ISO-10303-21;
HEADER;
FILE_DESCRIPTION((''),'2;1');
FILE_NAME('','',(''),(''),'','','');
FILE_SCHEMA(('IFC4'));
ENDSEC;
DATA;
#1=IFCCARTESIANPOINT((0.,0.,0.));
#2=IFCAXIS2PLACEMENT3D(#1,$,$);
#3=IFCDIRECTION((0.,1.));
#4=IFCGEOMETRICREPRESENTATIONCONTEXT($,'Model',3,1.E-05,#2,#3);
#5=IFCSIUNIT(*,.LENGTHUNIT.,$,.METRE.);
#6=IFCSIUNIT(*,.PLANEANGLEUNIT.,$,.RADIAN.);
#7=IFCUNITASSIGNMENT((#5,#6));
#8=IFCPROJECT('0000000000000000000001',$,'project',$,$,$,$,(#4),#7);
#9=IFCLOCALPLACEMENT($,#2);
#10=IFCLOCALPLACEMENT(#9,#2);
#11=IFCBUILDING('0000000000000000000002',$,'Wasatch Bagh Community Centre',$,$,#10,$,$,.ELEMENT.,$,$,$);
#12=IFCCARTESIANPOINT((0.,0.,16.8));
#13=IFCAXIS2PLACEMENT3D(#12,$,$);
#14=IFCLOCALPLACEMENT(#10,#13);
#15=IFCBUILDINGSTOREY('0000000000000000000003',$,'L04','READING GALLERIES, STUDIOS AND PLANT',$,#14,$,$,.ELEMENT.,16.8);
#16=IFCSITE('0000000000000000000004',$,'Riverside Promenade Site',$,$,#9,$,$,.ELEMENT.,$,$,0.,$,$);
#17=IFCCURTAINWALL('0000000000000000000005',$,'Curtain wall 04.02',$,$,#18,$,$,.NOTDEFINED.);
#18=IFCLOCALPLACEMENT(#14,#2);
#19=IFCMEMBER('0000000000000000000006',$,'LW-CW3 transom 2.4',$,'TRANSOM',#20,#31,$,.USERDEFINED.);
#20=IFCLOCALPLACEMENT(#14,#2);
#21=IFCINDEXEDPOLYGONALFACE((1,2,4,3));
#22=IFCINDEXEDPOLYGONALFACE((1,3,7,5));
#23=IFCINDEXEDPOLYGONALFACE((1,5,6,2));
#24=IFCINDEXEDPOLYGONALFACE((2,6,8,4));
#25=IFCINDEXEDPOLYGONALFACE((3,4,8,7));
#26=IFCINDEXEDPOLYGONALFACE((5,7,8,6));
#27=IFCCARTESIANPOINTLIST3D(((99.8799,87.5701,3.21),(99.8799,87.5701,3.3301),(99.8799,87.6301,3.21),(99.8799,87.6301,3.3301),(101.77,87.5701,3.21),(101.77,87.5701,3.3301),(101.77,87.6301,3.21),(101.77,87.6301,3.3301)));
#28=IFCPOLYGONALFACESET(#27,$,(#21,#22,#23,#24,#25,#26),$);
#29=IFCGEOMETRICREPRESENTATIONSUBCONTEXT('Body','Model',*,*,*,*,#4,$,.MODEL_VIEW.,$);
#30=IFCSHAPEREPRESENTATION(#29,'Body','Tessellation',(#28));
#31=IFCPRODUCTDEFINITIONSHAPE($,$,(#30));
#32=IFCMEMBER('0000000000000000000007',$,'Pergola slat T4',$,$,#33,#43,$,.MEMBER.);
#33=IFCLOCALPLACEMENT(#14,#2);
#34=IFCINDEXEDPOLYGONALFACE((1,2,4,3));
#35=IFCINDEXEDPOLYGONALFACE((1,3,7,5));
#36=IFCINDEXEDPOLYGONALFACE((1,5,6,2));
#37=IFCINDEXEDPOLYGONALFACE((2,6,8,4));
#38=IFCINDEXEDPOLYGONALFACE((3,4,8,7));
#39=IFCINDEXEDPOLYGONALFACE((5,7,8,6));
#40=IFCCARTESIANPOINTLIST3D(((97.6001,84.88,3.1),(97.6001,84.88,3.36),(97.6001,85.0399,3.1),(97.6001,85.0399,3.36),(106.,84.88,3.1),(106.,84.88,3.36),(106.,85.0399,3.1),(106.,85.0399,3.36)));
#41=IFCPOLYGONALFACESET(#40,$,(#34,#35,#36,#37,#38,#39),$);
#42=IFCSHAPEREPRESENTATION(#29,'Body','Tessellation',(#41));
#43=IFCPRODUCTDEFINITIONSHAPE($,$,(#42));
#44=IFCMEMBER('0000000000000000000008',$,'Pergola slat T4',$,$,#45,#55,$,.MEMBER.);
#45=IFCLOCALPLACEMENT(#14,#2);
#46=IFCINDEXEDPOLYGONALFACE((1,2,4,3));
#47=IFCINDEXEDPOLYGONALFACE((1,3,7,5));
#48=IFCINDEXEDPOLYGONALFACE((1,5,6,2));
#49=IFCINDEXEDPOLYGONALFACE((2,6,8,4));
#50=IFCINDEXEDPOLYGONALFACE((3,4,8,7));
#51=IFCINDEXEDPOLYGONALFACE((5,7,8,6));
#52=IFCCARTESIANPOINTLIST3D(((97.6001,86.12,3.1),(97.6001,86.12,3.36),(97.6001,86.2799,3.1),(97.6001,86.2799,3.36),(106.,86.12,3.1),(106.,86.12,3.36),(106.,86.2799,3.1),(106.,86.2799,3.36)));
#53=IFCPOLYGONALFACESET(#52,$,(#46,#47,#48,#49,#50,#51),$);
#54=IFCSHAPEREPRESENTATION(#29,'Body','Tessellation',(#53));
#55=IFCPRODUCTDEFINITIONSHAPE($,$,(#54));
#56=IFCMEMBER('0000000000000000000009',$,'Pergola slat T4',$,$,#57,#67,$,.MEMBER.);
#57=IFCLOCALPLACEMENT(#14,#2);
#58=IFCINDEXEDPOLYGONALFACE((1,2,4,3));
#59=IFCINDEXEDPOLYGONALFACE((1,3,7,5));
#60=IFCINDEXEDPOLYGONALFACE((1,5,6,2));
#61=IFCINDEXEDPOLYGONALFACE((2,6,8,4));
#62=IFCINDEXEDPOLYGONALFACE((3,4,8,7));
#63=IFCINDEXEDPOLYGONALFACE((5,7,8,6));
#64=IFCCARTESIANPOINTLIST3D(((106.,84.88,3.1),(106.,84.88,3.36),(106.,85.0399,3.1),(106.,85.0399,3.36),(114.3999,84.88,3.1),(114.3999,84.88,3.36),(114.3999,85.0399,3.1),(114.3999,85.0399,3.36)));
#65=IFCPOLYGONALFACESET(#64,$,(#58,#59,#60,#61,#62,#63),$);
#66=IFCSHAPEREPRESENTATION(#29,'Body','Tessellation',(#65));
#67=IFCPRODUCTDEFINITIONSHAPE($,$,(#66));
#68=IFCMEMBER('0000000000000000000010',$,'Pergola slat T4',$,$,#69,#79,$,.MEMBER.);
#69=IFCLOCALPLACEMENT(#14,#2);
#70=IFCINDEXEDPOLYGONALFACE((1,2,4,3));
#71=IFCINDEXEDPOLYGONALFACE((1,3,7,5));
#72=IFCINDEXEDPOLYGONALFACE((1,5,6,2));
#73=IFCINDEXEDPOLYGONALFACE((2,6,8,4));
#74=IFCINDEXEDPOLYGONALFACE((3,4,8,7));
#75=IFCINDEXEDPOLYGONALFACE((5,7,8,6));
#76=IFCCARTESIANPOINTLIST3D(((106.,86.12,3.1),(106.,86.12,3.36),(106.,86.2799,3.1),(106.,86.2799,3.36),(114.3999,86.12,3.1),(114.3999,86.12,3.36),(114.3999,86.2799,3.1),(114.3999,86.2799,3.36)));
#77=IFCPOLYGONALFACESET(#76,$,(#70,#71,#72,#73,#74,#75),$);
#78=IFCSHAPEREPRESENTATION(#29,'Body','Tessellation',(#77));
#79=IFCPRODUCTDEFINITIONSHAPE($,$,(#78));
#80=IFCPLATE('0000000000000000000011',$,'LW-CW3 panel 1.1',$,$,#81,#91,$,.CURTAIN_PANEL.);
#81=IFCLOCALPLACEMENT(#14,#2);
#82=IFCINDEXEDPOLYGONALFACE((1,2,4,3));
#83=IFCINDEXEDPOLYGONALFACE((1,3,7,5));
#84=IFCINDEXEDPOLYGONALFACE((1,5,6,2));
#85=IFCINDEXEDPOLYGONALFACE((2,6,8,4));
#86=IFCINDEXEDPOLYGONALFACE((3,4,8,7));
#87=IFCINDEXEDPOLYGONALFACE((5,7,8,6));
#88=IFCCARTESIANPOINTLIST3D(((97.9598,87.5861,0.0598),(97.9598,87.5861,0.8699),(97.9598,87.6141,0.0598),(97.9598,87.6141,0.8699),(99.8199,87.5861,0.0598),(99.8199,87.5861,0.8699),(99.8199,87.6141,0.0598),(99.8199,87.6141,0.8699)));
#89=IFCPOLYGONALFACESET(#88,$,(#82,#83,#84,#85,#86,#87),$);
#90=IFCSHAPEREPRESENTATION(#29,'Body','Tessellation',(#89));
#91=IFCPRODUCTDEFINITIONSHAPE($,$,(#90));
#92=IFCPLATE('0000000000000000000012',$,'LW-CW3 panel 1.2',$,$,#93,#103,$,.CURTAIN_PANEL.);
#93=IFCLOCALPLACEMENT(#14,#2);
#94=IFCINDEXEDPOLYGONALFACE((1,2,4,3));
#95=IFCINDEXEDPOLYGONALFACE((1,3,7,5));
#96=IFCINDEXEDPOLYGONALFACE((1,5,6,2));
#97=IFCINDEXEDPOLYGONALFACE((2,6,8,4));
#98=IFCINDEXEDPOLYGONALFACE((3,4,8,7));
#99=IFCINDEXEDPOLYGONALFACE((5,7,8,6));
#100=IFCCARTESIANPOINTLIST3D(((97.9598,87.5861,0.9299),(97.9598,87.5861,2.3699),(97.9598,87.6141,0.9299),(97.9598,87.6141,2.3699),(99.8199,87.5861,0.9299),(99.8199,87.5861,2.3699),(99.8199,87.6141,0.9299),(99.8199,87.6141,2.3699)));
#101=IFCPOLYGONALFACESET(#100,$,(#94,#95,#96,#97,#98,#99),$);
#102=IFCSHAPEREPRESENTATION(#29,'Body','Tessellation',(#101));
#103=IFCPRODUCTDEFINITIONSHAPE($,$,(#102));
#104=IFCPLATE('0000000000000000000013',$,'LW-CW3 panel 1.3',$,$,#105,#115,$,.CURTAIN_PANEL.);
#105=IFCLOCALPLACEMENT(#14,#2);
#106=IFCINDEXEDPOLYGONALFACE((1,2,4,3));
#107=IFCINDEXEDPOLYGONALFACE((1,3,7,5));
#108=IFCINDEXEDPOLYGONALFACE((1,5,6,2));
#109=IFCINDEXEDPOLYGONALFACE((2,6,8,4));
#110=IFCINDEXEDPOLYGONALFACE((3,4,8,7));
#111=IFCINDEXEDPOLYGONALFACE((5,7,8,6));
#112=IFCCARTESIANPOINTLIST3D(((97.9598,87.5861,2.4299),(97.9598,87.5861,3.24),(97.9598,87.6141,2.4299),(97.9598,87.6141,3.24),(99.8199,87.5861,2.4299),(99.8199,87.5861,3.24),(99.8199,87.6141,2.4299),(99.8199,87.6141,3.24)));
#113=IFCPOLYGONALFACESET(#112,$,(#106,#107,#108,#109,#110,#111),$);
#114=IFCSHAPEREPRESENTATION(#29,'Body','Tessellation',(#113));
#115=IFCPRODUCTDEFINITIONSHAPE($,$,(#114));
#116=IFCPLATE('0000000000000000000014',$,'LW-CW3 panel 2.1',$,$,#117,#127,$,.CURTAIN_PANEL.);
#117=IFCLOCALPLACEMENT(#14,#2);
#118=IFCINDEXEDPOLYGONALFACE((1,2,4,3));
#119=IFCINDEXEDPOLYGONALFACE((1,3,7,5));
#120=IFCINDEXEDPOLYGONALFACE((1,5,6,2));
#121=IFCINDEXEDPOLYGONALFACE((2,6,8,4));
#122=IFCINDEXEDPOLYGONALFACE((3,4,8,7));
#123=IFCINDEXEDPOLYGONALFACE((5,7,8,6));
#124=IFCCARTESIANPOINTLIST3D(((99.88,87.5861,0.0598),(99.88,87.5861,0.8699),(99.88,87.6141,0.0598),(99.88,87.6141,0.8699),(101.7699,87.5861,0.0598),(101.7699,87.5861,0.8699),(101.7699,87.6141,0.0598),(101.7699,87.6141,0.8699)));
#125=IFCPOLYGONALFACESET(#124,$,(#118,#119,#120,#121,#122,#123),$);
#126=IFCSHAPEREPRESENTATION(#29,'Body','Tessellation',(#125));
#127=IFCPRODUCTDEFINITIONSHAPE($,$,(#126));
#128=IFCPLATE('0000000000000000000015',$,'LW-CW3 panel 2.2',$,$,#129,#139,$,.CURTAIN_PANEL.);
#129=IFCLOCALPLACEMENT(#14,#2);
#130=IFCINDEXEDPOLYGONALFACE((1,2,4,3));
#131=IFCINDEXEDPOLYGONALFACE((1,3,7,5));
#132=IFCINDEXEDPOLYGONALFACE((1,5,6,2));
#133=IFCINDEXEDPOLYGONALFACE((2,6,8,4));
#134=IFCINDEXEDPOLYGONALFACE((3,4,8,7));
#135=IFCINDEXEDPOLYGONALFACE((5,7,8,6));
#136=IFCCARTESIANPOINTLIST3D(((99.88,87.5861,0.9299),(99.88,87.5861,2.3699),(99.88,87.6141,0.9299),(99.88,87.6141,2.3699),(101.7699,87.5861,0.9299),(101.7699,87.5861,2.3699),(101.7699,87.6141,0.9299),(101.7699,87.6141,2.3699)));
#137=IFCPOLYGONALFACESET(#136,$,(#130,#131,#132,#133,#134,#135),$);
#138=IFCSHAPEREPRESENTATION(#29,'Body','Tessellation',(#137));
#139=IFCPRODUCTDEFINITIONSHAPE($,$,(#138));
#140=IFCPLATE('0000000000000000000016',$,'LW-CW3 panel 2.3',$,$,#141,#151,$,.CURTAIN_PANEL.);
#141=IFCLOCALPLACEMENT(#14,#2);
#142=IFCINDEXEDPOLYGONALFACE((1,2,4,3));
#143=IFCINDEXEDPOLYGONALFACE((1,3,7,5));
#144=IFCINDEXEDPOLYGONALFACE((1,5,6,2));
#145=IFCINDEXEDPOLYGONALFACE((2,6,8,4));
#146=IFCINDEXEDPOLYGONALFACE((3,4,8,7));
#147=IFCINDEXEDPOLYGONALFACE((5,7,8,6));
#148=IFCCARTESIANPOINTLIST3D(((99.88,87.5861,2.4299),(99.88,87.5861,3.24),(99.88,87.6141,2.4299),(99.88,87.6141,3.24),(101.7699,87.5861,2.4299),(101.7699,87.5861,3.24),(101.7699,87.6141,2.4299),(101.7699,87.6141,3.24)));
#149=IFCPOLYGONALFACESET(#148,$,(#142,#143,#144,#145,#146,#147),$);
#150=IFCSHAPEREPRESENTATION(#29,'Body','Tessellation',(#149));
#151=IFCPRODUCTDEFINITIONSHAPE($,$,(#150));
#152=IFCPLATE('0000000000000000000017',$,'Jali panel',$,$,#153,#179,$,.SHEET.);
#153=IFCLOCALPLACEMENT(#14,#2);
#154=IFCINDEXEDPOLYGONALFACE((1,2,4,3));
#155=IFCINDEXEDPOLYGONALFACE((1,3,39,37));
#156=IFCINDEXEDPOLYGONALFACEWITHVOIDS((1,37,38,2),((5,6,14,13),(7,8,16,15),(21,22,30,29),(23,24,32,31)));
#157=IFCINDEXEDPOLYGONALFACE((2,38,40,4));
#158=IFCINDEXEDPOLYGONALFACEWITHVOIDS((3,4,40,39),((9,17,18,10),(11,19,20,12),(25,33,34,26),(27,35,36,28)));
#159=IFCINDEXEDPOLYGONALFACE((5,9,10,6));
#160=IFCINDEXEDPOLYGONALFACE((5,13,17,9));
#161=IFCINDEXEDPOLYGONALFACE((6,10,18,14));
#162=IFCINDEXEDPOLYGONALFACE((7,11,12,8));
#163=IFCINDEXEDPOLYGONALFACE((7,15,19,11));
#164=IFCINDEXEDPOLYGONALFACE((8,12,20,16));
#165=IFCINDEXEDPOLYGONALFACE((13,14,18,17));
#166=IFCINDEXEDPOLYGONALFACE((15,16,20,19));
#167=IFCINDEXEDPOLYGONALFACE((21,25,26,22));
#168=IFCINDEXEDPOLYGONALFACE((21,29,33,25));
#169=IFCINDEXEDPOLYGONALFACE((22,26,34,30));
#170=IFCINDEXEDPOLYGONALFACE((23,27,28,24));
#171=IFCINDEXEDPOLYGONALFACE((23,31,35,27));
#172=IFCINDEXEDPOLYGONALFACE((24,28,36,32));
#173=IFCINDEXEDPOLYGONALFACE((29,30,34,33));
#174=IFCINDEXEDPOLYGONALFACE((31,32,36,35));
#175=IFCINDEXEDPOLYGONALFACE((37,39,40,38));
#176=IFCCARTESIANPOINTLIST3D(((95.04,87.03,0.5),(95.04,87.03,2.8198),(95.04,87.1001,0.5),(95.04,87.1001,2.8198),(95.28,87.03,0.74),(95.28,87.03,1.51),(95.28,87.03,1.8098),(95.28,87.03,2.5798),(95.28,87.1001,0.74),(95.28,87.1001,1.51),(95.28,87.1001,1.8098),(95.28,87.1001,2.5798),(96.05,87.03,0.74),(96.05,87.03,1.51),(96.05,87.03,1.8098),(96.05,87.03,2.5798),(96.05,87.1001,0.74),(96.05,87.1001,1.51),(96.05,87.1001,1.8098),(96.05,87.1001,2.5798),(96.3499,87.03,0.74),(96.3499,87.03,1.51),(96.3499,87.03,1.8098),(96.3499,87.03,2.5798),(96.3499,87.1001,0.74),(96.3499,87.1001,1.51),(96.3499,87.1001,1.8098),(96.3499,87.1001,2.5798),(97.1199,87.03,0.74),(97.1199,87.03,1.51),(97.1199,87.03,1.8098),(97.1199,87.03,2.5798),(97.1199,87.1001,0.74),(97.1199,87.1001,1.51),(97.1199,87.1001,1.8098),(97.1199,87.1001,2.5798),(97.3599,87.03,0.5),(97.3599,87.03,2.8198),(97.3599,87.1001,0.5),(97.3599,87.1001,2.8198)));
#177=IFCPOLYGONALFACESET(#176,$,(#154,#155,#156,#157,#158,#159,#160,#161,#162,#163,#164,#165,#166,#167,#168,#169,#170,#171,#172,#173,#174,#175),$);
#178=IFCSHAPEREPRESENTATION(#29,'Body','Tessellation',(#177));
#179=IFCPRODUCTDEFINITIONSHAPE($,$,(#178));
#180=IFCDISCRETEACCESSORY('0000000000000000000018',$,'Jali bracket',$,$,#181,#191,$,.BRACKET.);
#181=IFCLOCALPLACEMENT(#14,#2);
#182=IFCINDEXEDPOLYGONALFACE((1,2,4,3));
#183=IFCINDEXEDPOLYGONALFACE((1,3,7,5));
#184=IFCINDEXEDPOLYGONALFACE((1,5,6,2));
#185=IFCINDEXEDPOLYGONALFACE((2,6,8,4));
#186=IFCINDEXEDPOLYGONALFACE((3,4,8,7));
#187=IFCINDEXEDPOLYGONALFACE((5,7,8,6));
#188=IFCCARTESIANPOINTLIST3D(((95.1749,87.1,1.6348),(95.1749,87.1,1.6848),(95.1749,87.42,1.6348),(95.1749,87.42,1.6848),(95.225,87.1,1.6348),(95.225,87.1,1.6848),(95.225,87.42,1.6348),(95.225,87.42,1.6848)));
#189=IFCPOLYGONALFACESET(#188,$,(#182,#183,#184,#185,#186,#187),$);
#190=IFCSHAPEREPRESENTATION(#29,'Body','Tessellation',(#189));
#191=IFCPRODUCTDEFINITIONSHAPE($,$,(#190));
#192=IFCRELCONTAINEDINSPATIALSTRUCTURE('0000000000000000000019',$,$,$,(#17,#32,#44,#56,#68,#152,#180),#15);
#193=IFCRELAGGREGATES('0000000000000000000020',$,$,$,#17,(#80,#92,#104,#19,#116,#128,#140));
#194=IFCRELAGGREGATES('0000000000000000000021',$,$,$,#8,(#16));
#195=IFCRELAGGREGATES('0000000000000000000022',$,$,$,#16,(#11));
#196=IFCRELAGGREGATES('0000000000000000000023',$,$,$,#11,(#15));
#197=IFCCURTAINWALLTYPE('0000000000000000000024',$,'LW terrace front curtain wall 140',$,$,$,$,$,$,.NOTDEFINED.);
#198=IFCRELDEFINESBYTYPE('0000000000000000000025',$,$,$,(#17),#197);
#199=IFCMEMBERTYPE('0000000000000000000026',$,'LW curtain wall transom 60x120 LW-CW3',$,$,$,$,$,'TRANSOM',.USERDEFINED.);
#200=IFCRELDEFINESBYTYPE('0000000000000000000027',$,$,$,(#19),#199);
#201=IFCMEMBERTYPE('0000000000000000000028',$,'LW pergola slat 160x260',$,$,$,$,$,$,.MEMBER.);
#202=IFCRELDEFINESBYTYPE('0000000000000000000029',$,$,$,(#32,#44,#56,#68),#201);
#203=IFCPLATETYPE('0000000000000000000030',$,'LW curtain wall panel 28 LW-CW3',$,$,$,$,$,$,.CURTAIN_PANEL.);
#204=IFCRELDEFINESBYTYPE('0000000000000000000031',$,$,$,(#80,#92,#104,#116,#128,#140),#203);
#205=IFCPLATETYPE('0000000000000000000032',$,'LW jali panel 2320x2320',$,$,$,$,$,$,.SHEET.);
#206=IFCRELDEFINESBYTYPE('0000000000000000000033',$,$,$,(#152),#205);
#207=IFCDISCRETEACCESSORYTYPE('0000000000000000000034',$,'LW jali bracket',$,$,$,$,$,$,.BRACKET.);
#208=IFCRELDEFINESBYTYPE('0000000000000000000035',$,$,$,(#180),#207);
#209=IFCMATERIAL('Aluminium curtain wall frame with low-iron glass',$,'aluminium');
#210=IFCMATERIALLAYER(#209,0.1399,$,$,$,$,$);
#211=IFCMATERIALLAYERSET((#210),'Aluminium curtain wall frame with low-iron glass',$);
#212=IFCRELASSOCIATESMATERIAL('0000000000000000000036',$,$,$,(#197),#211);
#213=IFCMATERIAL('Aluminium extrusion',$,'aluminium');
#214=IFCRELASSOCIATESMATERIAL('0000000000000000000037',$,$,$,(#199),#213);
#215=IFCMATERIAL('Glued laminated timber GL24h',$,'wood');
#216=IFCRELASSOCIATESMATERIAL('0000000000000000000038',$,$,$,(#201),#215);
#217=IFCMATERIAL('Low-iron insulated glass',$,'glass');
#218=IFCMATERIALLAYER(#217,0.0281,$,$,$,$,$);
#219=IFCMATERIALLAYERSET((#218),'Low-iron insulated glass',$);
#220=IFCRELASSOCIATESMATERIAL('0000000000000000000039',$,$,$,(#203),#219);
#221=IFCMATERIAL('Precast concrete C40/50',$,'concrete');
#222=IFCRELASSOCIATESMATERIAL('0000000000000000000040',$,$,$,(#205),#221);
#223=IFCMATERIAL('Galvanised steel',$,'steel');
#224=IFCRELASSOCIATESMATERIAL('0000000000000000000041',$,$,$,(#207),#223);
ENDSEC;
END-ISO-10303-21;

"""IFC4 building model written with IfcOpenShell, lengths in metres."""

from ifc_helpers import new_model, si_unit, direction, frame, origin, origin_2d, place, context, subcontext, project, spatial, polyline, rectangle, outline, extrude, material, layer, layer_set, material_profile, profile_set, type_object, element, aggregate, save


model = new_model("IFC4")

# Units and contexts
model_context = context("Model", 3, precision=1e-05, world=origin(), true_north=direction((0.0, 1.0)))
body_context = subcontext(model_context, "Body", "Model", "MODEL_VIEW")
ifc_project = project(units=[si_unit("LENGTHUNIT", "METRE"), si_unit("PLANEANGLEUNIT", "RADIAN")], contexts=[model_context])

# Site, building, storey
site_placement = place(None, origin())
site = spatial("IfcSite", under=ifc_project, at=site_placement, Name="Riverside Promenade Site", CompositionType="ELEMENT", RefElevation=0.0)
building_placement = place(site_placement, origin())
building = spatial("IfcBuilding", under=site, at=building_placement, Name="Wasatch Bagh Community Centre", CompositionType="ELEMENT")
storey_placement = place(building_placement, frame((0.0, 0.0, 16.8)))
storey = spatial("IfcBuildingStorey", under=building, at=storey_placement, Name="L04", Description="READING GALLERIES, STUDIOS AND PLANT", CompositionType="ELEMENT", Elevation=16.8)

# Curtain wall, member
ifc_material_1 = material(Name="Aluminium curtain wall frame with low-iron glass", Category="aluminium")
ifc_layer_1 = layer(ifc_material_1, 0.1399)
ifc_layer_set_1 = layer_set([ifc_layer_1], Name="Aluminium curtain wall frame with low-iron glass")
curtain_wall_type = type_object("IfcCurtainWallType", Name="LW terrace front curtain wall 140", PredefinedType="NOTDEFINED", material=ifc_layer_set_1)
curtain_wall_placement = place(storey_placement, origin())
curtain_wall = element("IfcCurtainWall", 1, at=curtain_wall_placement, inside=storey, type_object=curtain_wall_type, Name="Curtain wall 04.02", PredefinedType="NOTDEFINED")
ifc_material_2 = material(Name="Aluminium extrusion", Category="aluminium")
ifc_material_profile_1 = material_profile(ifc_material_2, rectangle(XDim=0.0601, YDim=0.1201, at=origin_2d()), Name="AL 60x120")
ifc_profile_set_1 = profile_set([ifc_material_profile_1], Name="Aluminium extrusion")
member_type_1 = type_object("IfcMemberType", Name="LW curtain wall transom 60x120 LW-CW3", ElementType="TRANSOM", PredefinedType="USERDEFINED", material=ifc_profile_set_1)
member_1_placement = place(storey_placement, frame((99.8799, 87.6001, 3.27), z_axis=(1.0, 0.0, 0.0), x_axis=(0.0, 1.0, 0.0)))
member_1 = element("IfcMember", 2, at=member_1_placement, type_object=member_type_1, Name="LW-CW3 transom 2.4", ObjectType="TRANSOM", PredefinedType="USERDEFINED", context=body_context, shape_type="SweptSolid", body=[
    extrude(rectangle(XDim=0.0601, YDim=0.1201, at=origin_2d()), origin(), (0.0, 0.0, 1.0), 1.8901),
])

# Members
ifc_material_3 = material(Name="Glued laminated timber GL24h", Category="wood")
ifc_material_profile_2 = material_profile(ifc_material_3, rectangle(XDim=0.1599, YDim=0.26, at=origin_2d()), Name="GL 160x260")
ifc_profile_set_2 = profile_set([ifc_material_profile_2], Name="Glued laminated timber GL24h")
member_type_2 = type_object("IfcMemberType", Name="LW pergola slat 160x260", PredefinedType="MEMBER", material=ifc_profile_set_2)
for number, where, z_axis, x_axis, name in (
    (3, (97.6001, 84.96, 3.23), (1.0, 0.0, 0.0), (0.0, 1.0, 0.0), "Pergola slat T4"),
    (4, (97.6001, 86.2, 3.23), (1.0, 0.0, 0.0), (0.0, 1.0, 0.0), "Pergola slat T4"),
    (5, (106.0, 84.96, 3.23), (1.0, 0.0, 0.0), (0.0, 1.0, 0.0), "Pergola slat T4"),
    (6, (106.0, 86.2, 3.23), (1.0, 0.0, 0.0), (0.0, 1.0, 0.0), "Pergola slat T4"),
):
    element("IfcMember", number, at=place(storey_placement, frame(where, z_axis=z_axis, x_axis=x_axis)), inside=storey, type_object=member_type_2, Name=name, PredefinedType="MEMBER", context=body_context, shape_type="SweptSolid", body=[
        extrude(rectangle(XDim=0.1599, YDim=0.26, at=origin_2d()), origin(), (0.0, 0.0, 1.0), 8.3999),
    ])

# Plates
ifc_material_4 = material(Name="Low-iron insulated glass", Category="glass")
ifc_layer_2 = layer(ifc_material_4, 0.0281)
ifc_layer_set_2 = layer_set([ifc_layer_2], Name="Low-iron insulated glass")
plate_type_1 = type_object("IfcPlateType", Name="LW curtain wall panel 28 LW-CW3", PredefinedType="CURTAIN_PANEL", material=ifc_layer_set_2)
plate_1_placement = place(storey_placement, frame((98.8899, 87.6001, 0.0598), z_axis=(0.0, 0.0, 1.0), x_axis=(1.0, 0.0, 0.0)))
plate_1 = element("IfcPlate", 7, at=plate_1_placement, type_object=plate_type_1, Name="LW-CW3 panel 1.1", PredefinedType="CURTAIN_PANEL", context=body_context, shape_type="SweptSolid", body=[
    extrude(rectangle(XDim=1.8601, YDim=0.0281, at=origin_2d()), origin(), (0.0, 0.0, 1.0), 0.8101),
])
plate_2_placement = place(storey_placement, frame((98.8899, 87.6001, 0.9299), z_axis=(0.0, 0.0, 1.0), x_axis=(1.0, 0.0, 0.0)))
plate_2 = element("IfcPlate", 8, at=plate_2_placement, type_object=plate_type_1, Name="LW-CW3 panel 1.2", PredefinedType="CURTAIN_PANEL", context=body_context, shape_type="SweptSolid", body=[
    extrude(rectangle(XDim=1.8601, YDim=0.0281, at=origin_2d()), origin(), (0.0, 0.0, 1.0), 1.4399),
])
plate_3_placement = place(storey_placement, frame((98.8899, 87.6001, 2.4299), z_axis=(0.0, 0.0, 1.0), x_axis=(1.0, 0.0, 0.0)))
plate_3 = element("IfcPlate", 9, at=plate_3_placement, type_object=plate_type_1, Name="LW-CW3 panel 1.3", PredefinedType="CURTAIN_PANEL", context=body_context, shape_type="SweptSolid", body=[
    extrude(rectangle(XDim=1.8601, YDim=0.0281, at=origin_2d()), origin(), (0.0, 0.0, 1.0), 0.8101),
])
plate_4_placement = place(storey_placement, frame((100.825, 87.6001, 0.0598), z_axis=(0.0, 0.0, 1.0), x_axis=(1.0, 0.0, 0.0)))
plate_4 = element("IfcPlate", 10, at=plate_4_placement, type_object=plate_type_1, Name="LW-CW3 panel 2.1", PredefinedType="CURTAIN_PANEL", context=body_context, shape_type="SweptSolid", body=[
    extrude(rectangle(XDim=1.8899, YDim=0.0281, at=origin_2d()), origin(), (0.0, 0.0, 1.0), 0.8101),
])
plate_5_placement = place(storey_placement, frame((100.825, 87.6001, 0.9299), z_axis=(0.0, 0.0, 1.0), x_axis=(1.0, 0.0, 0.0)))
plate_5 = element("IfcPlate", 11, at=plate_5_placement, type_object=plate_type_1, Name="LW-CW3 panel 2.2", PredefinedType="CURTAIN_PANEL", context=body_context, shape_type="SweptSolid", body=[
    extrude(rectangle(XDim=1.8899, YDim=0.0281, at=origin_2d()), origin(), (0.0, 0.0, 1.0), 1.4399),
])
plate_6_placement = place(storey_placement, frame((100.825, 87.6001, 2.4299), z_axis=(0.0, 0.0, 1.0), x_axis=(1.0, 0.0, 0.0)))
plate_6 = element("IfcPlate", 12, at=plate_6_placement, type_object=plate_type_1, Name="LW-CW3 panel 2.3", PredefinedType="CURTAIN_PANEL", context=body_context, shape_type="SweptSolid", body=[
    extrude(rectangle(XDim=1.8899, YDim=0.0281, at=origin_2d()), origin(), (0.0, 0.0, 1.0), 0.8101),
])
aggregate(curtain_wall, [plate_1, plate_2, plate_3, member_1, plate_4, plate_5, plate_6])
ifc_material_5 = material(Name="Precast concrete C40/50", Category="concrete")
ifc_material_profile_3 = material_profile(ifc_material_5, outline(polyline([(-1.1599, -1.1599), (1.1599, -1.1599), (1.1599, 1.1599), (-1.1599, 1.1599), (-1.1599, -1.1599)]), holes=[polyline([(-0.9199, -0.9199), (-0.1499, -0.9199), (-0.1499, -0.1499), (-0.9199, -0.1499), (-0.9199, -0.9199)]), polyline([(-0.9199, 0.1499), (-0.1499, 0.1499), (-0.1499, 0.9199), (-0.9199, 0.9199), (-0.9199, 0.1499)]), polyline([(0.1499, -0.9199), (0.9199, -0.9199), (0.9199, -0.1499), (0.1499, -0.1499), (0.1499, -0.9199)]), polyline([(0.1499, 0.1499), (0.9199, 0.1499), (0.9199, 0.9199), (0.1499, 0.9199), (0.1499, 0.1499)])]), Name="Jali lattice")
ifc_profile_set_3 = profile_set([ifc_material_profile_3], Name="Precast concrete C40/50")
plate_type_2 = type_object("IfcPlateType", Name="LW jali panel 2320x2320", PredefinedType="SHEET", material=ifc_profile_set_3)
plate_7_placement = place(storey_placement, frame((96.2, 87.1001, 1.6599), z_axis=(0.0, -1.0, 0.0), x_axis=(1.0, 0.0, 0.0)))
element("IfcPlate", 13, at=plate_7_placement, inside=storey, type_object=plate_type_2, Name="Jali panel", PredefinedType="SHEET", context=body_context, shape_type="SweptSolid", body=[
    extrude(outline(polyline([(-1.1599, -1.1599), (1.1599, -1.1599), (1.1599, 1.1599), (-1.1599, 1.1599), (-1.1599, -1.1599)]), holes=[polyline([(-0.9199, -0.9199), (-0.1499, -0.9199), (-0.1499, -0.1499), (-0.9199, -0.1499), (-0.9199, -0.9199)]), polyline([(-0.9199, 0.1499), (-0.1499, 0.1499), (-0.1499, 0.9199), (-0.9199, 0.9199), (-0.9199, 0.1499)]), polyline([(0.1499, -0.9199), (0.9199, -0.9199), (0.9199, -0.1499), (0.1499, -0.1499), (0.1499, -0.9199)]), polyline([(0.1499, 0.1499), (0.9199, 0.1499), (0.9199, 0.9199), (0.1499, 0.9199), (0.1499, 0.1499)])]), origin(), (0.0, 0.0, 1.0), 0.0701),
])

# Discrete accessory
ifc_material_6 = material(Name="Galvanised steel", Category="steel")
discrete_accessory_type = type_object("IfcDiscreteAccessoryType", Name="LW jali bracket", PredefinedType="BRACKET", material=ifc_material_6)
for number, where, z_axis, x_axis, name in (
    (14, (95.2, 87.26, 1.6348), (0.0, 0.0, 1.0), (1.0, 0.0, 0.0), "Jali bracket"),
):
    element("IfcDiscreteAccessory", number, at=place(storey_placement, frame(where, z_axis=z_axis, x_axis=x_axis)), inside=storey, type_object=discrete_accessory_type, Name=name, PredefinedType="BRACKET", context=body_context, shape_type="SweptSolid", body=[
        extrude(rectangle(XDim=0.05, YDim=0.3201, at=origin_2d()), origin(), (0.0, 0.0, 1.0), 0.05),
    ])

save(model, "model.ifc")
